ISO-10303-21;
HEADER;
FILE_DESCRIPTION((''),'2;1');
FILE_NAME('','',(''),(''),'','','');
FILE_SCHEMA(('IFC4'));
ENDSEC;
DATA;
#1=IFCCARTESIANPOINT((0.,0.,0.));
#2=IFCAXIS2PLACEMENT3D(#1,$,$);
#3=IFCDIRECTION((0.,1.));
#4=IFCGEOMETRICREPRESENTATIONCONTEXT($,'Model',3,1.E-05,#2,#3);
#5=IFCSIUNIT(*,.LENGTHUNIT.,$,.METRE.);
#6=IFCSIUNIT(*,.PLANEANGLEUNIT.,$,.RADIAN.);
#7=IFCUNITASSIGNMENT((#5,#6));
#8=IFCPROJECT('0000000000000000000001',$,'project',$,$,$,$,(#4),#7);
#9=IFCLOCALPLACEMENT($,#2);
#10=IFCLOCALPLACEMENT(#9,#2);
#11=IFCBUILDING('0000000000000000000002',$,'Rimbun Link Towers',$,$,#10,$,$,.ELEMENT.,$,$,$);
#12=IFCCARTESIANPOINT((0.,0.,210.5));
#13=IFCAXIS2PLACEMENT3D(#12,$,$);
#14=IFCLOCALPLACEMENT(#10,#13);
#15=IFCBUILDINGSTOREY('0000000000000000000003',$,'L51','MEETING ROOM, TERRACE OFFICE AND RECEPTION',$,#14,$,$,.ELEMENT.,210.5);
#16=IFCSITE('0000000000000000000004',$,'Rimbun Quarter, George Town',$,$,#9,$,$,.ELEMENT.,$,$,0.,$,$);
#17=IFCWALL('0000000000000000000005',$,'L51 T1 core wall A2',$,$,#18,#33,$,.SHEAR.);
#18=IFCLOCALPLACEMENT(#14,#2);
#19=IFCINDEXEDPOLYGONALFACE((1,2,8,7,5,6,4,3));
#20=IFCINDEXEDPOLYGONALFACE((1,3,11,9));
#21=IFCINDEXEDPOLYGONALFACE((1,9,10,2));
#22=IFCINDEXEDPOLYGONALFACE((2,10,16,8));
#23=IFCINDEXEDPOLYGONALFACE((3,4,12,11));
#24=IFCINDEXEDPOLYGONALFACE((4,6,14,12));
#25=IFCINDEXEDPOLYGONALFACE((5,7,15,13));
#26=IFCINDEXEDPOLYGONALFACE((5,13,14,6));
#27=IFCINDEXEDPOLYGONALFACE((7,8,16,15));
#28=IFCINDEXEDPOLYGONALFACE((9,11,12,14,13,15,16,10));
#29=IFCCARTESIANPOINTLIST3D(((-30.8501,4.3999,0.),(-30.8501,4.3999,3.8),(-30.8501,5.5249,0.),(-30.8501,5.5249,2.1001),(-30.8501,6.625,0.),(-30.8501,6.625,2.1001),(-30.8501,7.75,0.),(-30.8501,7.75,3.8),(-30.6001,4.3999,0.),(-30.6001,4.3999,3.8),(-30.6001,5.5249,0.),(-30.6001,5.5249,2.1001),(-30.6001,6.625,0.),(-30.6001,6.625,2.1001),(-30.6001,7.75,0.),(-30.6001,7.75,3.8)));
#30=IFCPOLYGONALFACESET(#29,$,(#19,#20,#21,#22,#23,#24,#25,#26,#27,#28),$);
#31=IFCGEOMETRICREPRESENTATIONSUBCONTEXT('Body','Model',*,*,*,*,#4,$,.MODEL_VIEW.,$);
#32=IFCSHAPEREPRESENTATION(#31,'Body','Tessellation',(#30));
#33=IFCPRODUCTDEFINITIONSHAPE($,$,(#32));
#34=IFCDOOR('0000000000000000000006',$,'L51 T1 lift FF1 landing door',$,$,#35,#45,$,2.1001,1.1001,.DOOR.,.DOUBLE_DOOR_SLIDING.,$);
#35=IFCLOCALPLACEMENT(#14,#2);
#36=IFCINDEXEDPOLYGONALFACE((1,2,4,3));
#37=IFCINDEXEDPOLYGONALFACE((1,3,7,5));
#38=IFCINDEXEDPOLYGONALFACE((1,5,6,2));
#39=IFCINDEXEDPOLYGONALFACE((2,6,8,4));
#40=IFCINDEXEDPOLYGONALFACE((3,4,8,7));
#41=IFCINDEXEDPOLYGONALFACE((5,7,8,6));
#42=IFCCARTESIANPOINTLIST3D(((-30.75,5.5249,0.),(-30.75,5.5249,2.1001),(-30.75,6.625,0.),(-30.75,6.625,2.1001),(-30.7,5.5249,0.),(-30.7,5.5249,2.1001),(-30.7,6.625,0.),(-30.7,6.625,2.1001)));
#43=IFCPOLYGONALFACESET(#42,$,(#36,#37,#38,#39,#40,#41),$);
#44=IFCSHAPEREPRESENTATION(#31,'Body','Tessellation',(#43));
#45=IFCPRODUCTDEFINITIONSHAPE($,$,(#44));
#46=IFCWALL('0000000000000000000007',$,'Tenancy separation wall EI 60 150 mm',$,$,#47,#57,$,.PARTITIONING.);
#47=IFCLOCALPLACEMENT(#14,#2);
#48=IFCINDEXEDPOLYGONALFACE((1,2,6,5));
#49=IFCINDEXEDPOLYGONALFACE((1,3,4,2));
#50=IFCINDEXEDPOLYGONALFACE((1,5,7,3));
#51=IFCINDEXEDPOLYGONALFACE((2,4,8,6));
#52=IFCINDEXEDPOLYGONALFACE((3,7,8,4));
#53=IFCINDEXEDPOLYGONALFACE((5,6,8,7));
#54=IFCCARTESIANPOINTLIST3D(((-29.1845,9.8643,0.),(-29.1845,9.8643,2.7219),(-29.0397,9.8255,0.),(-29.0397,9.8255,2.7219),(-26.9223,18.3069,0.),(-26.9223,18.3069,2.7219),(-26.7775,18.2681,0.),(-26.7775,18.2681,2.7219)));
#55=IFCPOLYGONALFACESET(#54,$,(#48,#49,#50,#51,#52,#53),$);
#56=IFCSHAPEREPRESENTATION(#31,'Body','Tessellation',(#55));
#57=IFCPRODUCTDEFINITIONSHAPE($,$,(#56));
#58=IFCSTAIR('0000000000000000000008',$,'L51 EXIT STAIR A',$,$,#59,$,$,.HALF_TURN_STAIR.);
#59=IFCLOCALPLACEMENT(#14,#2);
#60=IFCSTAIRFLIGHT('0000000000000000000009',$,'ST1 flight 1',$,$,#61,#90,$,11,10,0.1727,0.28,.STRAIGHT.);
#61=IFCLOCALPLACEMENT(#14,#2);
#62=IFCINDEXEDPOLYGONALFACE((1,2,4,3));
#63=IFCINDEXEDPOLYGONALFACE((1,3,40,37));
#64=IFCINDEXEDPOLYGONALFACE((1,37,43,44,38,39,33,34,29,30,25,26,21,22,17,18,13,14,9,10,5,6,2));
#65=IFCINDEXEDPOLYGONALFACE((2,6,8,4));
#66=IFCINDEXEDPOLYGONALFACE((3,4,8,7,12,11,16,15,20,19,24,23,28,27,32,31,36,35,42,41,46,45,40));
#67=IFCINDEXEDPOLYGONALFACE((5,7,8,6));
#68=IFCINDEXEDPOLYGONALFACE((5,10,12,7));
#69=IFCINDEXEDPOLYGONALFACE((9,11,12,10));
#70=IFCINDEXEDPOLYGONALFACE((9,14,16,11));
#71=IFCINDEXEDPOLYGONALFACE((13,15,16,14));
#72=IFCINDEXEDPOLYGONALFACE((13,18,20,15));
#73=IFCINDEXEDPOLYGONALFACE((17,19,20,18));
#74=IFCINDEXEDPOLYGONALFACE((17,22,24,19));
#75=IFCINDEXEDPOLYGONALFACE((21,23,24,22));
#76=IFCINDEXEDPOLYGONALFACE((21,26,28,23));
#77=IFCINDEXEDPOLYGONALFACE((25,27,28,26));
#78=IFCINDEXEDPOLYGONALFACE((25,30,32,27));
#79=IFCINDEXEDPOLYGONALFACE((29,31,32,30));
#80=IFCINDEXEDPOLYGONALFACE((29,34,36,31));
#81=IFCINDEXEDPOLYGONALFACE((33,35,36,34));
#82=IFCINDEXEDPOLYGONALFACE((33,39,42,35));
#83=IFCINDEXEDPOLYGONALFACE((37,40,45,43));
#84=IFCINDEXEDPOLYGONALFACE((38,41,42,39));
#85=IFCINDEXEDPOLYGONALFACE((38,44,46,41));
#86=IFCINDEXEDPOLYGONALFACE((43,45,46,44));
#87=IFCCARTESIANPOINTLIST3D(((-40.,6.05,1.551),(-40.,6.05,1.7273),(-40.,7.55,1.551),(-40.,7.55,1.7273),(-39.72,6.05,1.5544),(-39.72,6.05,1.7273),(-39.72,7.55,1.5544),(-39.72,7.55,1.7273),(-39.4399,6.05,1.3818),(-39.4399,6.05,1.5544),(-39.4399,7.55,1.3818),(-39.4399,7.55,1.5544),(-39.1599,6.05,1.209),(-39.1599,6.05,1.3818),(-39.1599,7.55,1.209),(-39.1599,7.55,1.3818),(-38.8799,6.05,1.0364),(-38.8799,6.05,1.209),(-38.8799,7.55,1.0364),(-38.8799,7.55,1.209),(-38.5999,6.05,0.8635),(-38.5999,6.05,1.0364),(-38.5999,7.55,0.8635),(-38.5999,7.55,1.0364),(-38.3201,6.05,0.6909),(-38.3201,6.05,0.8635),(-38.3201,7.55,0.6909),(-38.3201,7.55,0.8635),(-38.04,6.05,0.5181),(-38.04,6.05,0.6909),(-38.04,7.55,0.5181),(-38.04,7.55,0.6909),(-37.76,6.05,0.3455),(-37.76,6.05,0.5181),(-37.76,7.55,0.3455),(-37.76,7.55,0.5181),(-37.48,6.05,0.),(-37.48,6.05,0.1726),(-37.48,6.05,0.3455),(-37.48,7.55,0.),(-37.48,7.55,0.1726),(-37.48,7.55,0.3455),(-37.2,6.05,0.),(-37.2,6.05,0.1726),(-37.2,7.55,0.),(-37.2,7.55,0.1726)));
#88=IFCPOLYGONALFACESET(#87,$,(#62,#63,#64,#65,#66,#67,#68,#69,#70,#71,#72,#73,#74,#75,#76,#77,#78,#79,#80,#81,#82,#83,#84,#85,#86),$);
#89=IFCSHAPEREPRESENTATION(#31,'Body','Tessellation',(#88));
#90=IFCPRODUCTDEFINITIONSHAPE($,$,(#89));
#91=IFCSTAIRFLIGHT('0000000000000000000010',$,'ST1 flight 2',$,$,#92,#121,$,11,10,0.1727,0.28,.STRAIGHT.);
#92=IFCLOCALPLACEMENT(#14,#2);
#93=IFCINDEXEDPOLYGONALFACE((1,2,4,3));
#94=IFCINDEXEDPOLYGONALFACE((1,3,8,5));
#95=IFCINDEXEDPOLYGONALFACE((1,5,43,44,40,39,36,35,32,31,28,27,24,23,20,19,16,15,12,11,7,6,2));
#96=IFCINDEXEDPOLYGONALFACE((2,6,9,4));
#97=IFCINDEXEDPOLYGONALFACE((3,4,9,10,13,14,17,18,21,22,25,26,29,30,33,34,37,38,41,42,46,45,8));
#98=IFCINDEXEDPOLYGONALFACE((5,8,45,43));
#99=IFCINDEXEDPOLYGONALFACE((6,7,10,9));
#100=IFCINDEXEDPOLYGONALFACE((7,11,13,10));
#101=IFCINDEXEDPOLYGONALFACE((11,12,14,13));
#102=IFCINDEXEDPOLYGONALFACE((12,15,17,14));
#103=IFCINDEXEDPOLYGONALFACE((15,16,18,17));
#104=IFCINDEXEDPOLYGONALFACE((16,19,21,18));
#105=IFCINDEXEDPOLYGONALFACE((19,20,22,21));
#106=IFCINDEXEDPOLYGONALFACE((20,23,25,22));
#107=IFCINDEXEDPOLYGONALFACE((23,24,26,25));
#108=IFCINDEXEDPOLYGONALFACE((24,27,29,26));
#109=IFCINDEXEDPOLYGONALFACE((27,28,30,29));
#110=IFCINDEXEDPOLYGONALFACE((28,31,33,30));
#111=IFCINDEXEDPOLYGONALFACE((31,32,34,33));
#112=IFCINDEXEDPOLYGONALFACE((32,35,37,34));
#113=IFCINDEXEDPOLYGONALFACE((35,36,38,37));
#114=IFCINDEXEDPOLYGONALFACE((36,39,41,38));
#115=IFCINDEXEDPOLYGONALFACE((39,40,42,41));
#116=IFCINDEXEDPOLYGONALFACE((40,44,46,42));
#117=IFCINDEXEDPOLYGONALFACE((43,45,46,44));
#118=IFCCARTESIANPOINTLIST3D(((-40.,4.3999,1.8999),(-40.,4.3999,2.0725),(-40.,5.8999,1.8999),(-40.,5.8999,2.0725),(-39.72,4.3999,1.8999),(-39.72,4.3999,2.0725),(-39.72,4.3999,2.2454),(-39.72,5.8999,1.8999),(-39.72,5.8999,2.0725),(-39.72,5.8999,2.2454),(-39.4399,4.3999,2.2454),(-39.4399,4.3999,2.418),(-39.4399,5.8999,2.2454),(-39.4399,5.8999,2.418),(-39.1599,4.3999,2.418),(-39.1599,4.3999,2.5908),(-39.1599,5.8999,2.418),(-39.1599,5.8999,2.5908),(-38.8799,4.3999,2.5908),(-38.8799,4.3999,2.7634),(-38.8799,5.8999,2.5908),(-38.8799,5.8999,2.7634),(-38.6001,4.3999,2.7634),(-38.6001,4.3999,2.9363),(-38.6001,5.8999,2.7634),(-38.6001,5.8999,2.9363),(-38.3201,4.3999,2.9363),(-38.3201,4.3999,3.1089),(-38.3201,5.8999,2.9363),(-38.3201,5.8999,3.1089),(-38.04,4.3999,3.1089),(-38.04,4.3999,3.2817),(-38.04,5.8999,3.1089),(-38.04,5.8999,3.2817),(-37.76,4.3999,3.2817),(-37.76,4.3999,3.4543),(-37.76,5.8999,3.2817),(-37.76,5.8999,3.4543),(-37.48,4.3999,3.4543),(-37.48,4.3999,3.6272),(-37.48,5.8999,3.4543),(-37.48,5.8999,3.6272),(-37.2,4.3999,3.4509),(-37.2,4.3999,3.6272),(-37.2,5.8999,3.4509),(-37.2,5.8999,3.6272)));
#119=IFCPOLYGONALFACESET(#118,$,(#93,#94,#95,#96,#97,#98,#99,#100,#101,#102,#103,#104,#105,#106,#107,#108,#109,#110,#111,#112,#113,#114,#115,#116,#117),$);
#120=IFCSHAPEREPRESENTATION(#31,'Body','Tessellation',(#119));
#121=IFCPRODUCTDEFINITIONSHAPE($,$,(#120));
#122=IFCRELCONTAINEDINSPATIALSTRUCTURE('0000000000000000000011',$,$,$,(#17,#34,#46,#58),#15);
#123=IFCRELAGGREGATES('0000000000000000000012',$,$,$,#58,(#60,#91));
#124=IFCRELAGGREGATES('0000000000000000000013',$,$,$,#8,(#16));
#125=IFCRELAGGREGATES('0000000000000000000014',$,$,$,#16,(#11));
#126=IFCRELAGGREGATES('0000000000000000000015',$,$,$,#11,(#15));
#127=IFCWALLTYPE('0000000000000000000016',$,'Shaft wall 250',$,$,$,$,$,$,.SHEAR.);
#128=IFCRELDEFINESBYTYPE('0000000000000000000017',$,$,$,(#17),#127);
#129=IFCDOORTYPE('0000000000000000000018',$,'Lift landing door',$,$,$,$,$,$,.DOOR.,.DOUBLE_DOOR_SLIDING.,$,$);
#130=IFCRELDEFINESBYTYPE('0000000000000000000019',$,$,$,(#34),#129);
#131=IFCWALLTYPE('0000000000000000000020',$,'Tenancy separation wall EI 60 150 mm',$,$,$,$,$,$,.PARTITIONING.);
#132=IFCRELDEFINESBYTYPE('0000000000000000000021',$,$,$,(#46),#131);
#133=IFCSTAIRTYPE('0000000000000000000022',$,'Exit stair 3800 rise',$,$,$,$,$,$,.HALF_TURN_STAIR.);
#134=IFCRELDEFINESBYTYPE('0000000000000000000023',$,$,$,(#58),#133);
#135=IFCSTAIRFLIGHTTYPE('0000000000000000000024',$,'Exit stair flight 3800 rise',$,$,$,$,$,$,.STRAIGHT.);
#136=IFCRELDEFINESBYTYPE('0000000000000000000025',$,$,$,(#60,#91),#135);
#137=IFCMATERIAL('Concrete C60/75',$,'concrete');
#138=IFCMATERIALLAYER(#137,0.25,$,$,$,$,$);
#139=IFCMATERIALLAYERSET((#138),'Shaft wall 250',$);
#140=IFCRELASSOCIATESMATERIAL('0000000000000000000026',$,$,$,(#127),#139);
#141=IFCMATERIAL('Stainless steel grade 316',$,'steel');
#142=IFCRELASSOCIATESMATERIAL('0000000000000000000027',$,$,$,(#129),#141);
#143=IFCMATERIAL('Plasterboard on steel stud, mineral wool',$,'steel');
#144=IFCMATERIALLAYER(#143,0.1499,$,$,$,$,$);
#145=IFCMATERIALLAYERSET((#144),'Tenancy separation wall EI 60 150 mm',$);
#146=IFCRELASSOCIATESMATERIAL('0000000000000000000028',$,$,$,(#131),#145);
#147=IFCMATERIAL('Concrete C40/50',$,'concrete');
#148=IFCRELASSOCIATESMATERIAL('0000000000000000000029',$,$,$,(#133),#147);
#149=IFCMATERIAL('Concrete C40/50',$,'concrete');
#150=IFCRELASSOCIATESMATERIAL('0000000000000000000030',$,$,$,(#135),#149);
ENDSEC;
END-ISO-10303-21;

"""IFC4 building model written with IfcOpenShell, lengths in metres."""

from ifc_helpers import new_model, si_unit, direction, frame, frame_2d, origin, place, context, subcontext, project, spatial, polyline, rectangle, outline, extrude, material, layer, layer_set, type_object, element, fill, aggregate, save


model = new_model("IFC4")

# Units and contexts
model_context = context("Model", 3, precision=1e-05, world=origin(), true_north=direction((0.0, 1.0)))
body_context = subcontext(model_context, "Body", "Model", "MODEL_VIEW")
ifc_project = project(units=[si_unit("LENGTHUNIT", "METRE"), si_unit("PLANEANGLEUNIT", "RADIAN")], contexts=[model_context])

# Site, building, storey
site_placement = place(None, origin())
site = spatial("IfcSite", under=ifc_project, at=site_placement, Name="Rimbun Quarter, George Town", CompositionType="ELEMENT", RefElevation=0.0)
building_placement = place(site_placement, origin())
building = spatial("IfcBuilding", under=site, at=building_placement, Name="Rimbun Link Towers", CompositionType="ELEMENT")
storey_placement = place(building_placement, frame((0.0, 0.0, 210.5)))
storey = spatial("IfcBuildingStorey", under=building, at=storey_placement, Name="L51", Description="MEETING ROOM, TERRACE OFFICE AND RECEPTION", CompositionType="ELEMENT", Elevation=210.5)

# Shared definitions
ifc_material_1 = material(Name="Concrete C60/75", Category="concrete")
ifc_layer_1 = layer(ifc_material_1, 0.25)
ifc_layer_set_1 = layer_set([ifc_layer_1], Name="Shaft wall 250")
wall_type_1 = type_object("IfcWallType", Name="Shaft wall 250", PredefinedType="SHEAR", material=ifc_layer_set_1)

# Wall, opening, door
wall_1_placement = place(storey_placement, frame((-30.7251, 4.3999, 0.0), z_axis=(0.0, 0.0, 1.0), x_axis=(0.0, 1.0, 0.0)))
wall_1 = element("IfcWall", 1, at=wall_1_placement, inside=storey, type_object=wall_type_1, Name="L51 T1 core wall A2", PredefinedType="SHEAR", context=body_context, shape_type="SweptSolid", body=[
    extrude(rectangle(XDim=3.3501, YDim=0.25, at=frame_2d((1.675, 0.0))), origin(), (0.0, 0.0, 1.0), 3.8),
])
opening_1_placement = place(wall_1_placement, frame((1.125, 0.0, 0.0)))
opening_1 = element("IfcOpeningElement", 2, at=opening_1_placement, cuts=wall_1, PredefinedType="OPENING", context=body_context, shape_type="SweptSolid", body=[
    extrude(rectangle(XDim=1.1001, YDim=2.1001, at=frame_2d((0.55, 1.05))), frame((0.0, 0.135, 0.0), z_axis=(0.0, -1.0, 0.0), x_axis=(1.0, 0.0, 0.0)), (0.0, 0.0, 1.0), 0.27),
])
ifc_material_2 = material(Name="Stainless steel grade 316", Category="steel")
door_type_1 = type_object("IfcDoorType", Name="Lift landing door", OperationType="DOUBLE_DOOR_SLIDING", PredefinedType="DOOR", material=ifc_material_2)
door_1_placement = place(opening_1_placement, origin())
door_1 = element("IfcDoor", 3, at=door_1_placement, inside=storey, type_object=door_type_1, Name="L51 T1 lift FF1 landing door", OperationType="DOUBLE_DOOR_SLIDING", OverallHeight=2.1001, OverallWidth=1.1001, PredefinedType="DOOR", context=body_context, shape_type="SweptSolid", body=[
    extrude(rectangle(XDim=1.1001, YDim=2.1001, at=frame_2d((0.55, 1.05))), frame((0.0, 0.0249, 0.0), z_axis=(0.0, -1.0, 0.0), x_axis=(1.0, 0.0, 0.0)), (0.0, 0.0, 1.0), 0.05),
])
fill(opening_1, door_1)

# Wall
ifc_material_3 = material(Name="Plasterboard on steel stud, mineral wool", Category="steel")
ifc_layer_2 = layer(ifc_material_3, 0.1499)
ifc_layer_set_2 = layer_set([ifc_layer_2], Name="Tenancy separation wall EI 60 150 mm")
wall_type_2 = type_object("IfcWallType", Name="Tenancy separation wall EI 60 150 mm", PredefinedType="PARTITIONING", material=ifc_layer_set_2)
wall_2_placement = place(storey_placement, frame((-29.1121, 9.845, 0.0), z_axis=(0.0, 0.0, 1.0), x_axis=(0.25882, 0.965925, 0.0)))
element("IfcWall", 4, at=wall_2_placement, inside=storey, type_object=wall_type_2, Name="Tenancy separation wall EI 60 150 mm", PredefinedType="PARTITIONING", context=body_context, shape_type="SweptSolid", body=[
    extrude(rectangle(XDim=8.7405, YDim=0.1499, at=frame_2d((4.3701, 0.0))), origin(), (0.0, 0.0, 1.0), 2.7219),
])

# Stair, stair flights
ifc_material_4 = material(Name="Concrete C40/50", Category="concrete")
stair_type = type_object("IfcStairType", Name="Exit stair 3800 rise", PredefinedType="HALF_TURN_STAIR", material=ifc_material_4)
stair_placement = place(storey_placement, origin())
stair = element("IfcStair", 5, at=stair_placement, inside=storey, type_object=stair_type, Name="L51 EXIT STAIR A", PredefinedType="HALF_TURN_STAIR")
ifc_material_5 = material(Name="Concrete C40/50", Category="concrete")
stair_flight_type = type_object("IfcStairFlightType", Name="Exit stair flight 3800 rise", PredefinedType="STRAIGHT", material=ifc_material_5)
stair_flight_1_placement = place(storey_placement, frame((-37.2, 6.8, 0.0), z_axis=(0.0, 0.0, 1.0), x_axis=(-1.0, 0.0, 0.0)))
stair_flight_1 = element("IfcStairFlight", 6, at=stair_flight_1_placement, type_object=stair_flight_type, Name="ST1 flight 1", NumberOfRisers=11, NumberOfTreads=10, PredefinedType="STRAIGHT", RiserHeight=0.1727, TreadLength=0.28, context=body_context, shape_type="SweptSolid", body=[
    extrude(outline(polyline([(0.0, 0.0), (0.0, 0.1726), (0.28, 0.1726), (0.28, 0.3455), (0.5601, 0.3455), (0.5601, 0.5181), (0.8401, 0.5181), (0.8401, 0.6909), (1.1201, 0.6909), (1.1201, 0.8635), (1.3999, 0.8635), (1.3999, 1.0364), (1.6799, 1.0364), (1.6799, 1.209), (1.96, 1.209), (1.96, 1.3818), (2.24, 1.3818), (2.24, 1.5544), (2.52, 1.5544), (2.52, 1.7273), (2.8, 1.7273), (2.8, 1.8999), (2.8, 1.551), (0.28, 0.0), (0.0, 0.0)])), frame((0.0, 0.75, 0.0), z_axis=(0.0, -1.0, 0.0), x_axis=(1.0, 0.0, 0.0)), (0.0, 0.0, 1.0), 1.5),
])
stair_flight_2_placement = place(storey_placement, frame((-40.0, 5.1499, 1.8999), z_axis=(0.0, 0.0, 1.0), x_axis=(1.0, 0.0, 0.0)))
stair_flight_2 = element("IfcStairFlight", 7, at=stair_flight_2_placement, type_object=stair_flight_type, Name="ST1 flight 2", NumberOfRisers=11, NumberOfTreads=10, PredefinedType="STRAIGHT", RiserHeight=0.1727, TreadLength=0.28, context=body_context, shape_type="SweptSolid", body=[
    extrude(outline(polyline([(0.0, 0.0), (0.0, 0.1726), (0.28, 0.1726), (0.28, 0.3455), (0.5601, 0.3455), (0.5601, 0.5181), (0.8401, 0.5181), (0.8401, 0.6909), (1.1201, 0.6909), (1.1201, 0.8635), (1.3999, 0.8635), (1.3999, 1.0364), (1.6799, 1.0364), (1.6799, 1.209), (1.96, 1.209), (1.96, 1.3818), (2.24, 1.3818), (2.24, 1.5544), (2.52, 1.5544), (2.52, 1.7273), (2.8, 1.7273), (2.8, 1.8999), (2.8, 1.551), (0.28, 0.0), (0.0, 0.0)])), frame((0.0, 0.75, 0.0), z_axis=(0.0, -1.0, 0.0), x_axis=(1.0, 0.0, 0.0)), (0.0, 0.0, 1.0), 1.5),
])
aggregate(stair, [stair_flight_1, stair_flight_2])

save(model, "model.ifc")
